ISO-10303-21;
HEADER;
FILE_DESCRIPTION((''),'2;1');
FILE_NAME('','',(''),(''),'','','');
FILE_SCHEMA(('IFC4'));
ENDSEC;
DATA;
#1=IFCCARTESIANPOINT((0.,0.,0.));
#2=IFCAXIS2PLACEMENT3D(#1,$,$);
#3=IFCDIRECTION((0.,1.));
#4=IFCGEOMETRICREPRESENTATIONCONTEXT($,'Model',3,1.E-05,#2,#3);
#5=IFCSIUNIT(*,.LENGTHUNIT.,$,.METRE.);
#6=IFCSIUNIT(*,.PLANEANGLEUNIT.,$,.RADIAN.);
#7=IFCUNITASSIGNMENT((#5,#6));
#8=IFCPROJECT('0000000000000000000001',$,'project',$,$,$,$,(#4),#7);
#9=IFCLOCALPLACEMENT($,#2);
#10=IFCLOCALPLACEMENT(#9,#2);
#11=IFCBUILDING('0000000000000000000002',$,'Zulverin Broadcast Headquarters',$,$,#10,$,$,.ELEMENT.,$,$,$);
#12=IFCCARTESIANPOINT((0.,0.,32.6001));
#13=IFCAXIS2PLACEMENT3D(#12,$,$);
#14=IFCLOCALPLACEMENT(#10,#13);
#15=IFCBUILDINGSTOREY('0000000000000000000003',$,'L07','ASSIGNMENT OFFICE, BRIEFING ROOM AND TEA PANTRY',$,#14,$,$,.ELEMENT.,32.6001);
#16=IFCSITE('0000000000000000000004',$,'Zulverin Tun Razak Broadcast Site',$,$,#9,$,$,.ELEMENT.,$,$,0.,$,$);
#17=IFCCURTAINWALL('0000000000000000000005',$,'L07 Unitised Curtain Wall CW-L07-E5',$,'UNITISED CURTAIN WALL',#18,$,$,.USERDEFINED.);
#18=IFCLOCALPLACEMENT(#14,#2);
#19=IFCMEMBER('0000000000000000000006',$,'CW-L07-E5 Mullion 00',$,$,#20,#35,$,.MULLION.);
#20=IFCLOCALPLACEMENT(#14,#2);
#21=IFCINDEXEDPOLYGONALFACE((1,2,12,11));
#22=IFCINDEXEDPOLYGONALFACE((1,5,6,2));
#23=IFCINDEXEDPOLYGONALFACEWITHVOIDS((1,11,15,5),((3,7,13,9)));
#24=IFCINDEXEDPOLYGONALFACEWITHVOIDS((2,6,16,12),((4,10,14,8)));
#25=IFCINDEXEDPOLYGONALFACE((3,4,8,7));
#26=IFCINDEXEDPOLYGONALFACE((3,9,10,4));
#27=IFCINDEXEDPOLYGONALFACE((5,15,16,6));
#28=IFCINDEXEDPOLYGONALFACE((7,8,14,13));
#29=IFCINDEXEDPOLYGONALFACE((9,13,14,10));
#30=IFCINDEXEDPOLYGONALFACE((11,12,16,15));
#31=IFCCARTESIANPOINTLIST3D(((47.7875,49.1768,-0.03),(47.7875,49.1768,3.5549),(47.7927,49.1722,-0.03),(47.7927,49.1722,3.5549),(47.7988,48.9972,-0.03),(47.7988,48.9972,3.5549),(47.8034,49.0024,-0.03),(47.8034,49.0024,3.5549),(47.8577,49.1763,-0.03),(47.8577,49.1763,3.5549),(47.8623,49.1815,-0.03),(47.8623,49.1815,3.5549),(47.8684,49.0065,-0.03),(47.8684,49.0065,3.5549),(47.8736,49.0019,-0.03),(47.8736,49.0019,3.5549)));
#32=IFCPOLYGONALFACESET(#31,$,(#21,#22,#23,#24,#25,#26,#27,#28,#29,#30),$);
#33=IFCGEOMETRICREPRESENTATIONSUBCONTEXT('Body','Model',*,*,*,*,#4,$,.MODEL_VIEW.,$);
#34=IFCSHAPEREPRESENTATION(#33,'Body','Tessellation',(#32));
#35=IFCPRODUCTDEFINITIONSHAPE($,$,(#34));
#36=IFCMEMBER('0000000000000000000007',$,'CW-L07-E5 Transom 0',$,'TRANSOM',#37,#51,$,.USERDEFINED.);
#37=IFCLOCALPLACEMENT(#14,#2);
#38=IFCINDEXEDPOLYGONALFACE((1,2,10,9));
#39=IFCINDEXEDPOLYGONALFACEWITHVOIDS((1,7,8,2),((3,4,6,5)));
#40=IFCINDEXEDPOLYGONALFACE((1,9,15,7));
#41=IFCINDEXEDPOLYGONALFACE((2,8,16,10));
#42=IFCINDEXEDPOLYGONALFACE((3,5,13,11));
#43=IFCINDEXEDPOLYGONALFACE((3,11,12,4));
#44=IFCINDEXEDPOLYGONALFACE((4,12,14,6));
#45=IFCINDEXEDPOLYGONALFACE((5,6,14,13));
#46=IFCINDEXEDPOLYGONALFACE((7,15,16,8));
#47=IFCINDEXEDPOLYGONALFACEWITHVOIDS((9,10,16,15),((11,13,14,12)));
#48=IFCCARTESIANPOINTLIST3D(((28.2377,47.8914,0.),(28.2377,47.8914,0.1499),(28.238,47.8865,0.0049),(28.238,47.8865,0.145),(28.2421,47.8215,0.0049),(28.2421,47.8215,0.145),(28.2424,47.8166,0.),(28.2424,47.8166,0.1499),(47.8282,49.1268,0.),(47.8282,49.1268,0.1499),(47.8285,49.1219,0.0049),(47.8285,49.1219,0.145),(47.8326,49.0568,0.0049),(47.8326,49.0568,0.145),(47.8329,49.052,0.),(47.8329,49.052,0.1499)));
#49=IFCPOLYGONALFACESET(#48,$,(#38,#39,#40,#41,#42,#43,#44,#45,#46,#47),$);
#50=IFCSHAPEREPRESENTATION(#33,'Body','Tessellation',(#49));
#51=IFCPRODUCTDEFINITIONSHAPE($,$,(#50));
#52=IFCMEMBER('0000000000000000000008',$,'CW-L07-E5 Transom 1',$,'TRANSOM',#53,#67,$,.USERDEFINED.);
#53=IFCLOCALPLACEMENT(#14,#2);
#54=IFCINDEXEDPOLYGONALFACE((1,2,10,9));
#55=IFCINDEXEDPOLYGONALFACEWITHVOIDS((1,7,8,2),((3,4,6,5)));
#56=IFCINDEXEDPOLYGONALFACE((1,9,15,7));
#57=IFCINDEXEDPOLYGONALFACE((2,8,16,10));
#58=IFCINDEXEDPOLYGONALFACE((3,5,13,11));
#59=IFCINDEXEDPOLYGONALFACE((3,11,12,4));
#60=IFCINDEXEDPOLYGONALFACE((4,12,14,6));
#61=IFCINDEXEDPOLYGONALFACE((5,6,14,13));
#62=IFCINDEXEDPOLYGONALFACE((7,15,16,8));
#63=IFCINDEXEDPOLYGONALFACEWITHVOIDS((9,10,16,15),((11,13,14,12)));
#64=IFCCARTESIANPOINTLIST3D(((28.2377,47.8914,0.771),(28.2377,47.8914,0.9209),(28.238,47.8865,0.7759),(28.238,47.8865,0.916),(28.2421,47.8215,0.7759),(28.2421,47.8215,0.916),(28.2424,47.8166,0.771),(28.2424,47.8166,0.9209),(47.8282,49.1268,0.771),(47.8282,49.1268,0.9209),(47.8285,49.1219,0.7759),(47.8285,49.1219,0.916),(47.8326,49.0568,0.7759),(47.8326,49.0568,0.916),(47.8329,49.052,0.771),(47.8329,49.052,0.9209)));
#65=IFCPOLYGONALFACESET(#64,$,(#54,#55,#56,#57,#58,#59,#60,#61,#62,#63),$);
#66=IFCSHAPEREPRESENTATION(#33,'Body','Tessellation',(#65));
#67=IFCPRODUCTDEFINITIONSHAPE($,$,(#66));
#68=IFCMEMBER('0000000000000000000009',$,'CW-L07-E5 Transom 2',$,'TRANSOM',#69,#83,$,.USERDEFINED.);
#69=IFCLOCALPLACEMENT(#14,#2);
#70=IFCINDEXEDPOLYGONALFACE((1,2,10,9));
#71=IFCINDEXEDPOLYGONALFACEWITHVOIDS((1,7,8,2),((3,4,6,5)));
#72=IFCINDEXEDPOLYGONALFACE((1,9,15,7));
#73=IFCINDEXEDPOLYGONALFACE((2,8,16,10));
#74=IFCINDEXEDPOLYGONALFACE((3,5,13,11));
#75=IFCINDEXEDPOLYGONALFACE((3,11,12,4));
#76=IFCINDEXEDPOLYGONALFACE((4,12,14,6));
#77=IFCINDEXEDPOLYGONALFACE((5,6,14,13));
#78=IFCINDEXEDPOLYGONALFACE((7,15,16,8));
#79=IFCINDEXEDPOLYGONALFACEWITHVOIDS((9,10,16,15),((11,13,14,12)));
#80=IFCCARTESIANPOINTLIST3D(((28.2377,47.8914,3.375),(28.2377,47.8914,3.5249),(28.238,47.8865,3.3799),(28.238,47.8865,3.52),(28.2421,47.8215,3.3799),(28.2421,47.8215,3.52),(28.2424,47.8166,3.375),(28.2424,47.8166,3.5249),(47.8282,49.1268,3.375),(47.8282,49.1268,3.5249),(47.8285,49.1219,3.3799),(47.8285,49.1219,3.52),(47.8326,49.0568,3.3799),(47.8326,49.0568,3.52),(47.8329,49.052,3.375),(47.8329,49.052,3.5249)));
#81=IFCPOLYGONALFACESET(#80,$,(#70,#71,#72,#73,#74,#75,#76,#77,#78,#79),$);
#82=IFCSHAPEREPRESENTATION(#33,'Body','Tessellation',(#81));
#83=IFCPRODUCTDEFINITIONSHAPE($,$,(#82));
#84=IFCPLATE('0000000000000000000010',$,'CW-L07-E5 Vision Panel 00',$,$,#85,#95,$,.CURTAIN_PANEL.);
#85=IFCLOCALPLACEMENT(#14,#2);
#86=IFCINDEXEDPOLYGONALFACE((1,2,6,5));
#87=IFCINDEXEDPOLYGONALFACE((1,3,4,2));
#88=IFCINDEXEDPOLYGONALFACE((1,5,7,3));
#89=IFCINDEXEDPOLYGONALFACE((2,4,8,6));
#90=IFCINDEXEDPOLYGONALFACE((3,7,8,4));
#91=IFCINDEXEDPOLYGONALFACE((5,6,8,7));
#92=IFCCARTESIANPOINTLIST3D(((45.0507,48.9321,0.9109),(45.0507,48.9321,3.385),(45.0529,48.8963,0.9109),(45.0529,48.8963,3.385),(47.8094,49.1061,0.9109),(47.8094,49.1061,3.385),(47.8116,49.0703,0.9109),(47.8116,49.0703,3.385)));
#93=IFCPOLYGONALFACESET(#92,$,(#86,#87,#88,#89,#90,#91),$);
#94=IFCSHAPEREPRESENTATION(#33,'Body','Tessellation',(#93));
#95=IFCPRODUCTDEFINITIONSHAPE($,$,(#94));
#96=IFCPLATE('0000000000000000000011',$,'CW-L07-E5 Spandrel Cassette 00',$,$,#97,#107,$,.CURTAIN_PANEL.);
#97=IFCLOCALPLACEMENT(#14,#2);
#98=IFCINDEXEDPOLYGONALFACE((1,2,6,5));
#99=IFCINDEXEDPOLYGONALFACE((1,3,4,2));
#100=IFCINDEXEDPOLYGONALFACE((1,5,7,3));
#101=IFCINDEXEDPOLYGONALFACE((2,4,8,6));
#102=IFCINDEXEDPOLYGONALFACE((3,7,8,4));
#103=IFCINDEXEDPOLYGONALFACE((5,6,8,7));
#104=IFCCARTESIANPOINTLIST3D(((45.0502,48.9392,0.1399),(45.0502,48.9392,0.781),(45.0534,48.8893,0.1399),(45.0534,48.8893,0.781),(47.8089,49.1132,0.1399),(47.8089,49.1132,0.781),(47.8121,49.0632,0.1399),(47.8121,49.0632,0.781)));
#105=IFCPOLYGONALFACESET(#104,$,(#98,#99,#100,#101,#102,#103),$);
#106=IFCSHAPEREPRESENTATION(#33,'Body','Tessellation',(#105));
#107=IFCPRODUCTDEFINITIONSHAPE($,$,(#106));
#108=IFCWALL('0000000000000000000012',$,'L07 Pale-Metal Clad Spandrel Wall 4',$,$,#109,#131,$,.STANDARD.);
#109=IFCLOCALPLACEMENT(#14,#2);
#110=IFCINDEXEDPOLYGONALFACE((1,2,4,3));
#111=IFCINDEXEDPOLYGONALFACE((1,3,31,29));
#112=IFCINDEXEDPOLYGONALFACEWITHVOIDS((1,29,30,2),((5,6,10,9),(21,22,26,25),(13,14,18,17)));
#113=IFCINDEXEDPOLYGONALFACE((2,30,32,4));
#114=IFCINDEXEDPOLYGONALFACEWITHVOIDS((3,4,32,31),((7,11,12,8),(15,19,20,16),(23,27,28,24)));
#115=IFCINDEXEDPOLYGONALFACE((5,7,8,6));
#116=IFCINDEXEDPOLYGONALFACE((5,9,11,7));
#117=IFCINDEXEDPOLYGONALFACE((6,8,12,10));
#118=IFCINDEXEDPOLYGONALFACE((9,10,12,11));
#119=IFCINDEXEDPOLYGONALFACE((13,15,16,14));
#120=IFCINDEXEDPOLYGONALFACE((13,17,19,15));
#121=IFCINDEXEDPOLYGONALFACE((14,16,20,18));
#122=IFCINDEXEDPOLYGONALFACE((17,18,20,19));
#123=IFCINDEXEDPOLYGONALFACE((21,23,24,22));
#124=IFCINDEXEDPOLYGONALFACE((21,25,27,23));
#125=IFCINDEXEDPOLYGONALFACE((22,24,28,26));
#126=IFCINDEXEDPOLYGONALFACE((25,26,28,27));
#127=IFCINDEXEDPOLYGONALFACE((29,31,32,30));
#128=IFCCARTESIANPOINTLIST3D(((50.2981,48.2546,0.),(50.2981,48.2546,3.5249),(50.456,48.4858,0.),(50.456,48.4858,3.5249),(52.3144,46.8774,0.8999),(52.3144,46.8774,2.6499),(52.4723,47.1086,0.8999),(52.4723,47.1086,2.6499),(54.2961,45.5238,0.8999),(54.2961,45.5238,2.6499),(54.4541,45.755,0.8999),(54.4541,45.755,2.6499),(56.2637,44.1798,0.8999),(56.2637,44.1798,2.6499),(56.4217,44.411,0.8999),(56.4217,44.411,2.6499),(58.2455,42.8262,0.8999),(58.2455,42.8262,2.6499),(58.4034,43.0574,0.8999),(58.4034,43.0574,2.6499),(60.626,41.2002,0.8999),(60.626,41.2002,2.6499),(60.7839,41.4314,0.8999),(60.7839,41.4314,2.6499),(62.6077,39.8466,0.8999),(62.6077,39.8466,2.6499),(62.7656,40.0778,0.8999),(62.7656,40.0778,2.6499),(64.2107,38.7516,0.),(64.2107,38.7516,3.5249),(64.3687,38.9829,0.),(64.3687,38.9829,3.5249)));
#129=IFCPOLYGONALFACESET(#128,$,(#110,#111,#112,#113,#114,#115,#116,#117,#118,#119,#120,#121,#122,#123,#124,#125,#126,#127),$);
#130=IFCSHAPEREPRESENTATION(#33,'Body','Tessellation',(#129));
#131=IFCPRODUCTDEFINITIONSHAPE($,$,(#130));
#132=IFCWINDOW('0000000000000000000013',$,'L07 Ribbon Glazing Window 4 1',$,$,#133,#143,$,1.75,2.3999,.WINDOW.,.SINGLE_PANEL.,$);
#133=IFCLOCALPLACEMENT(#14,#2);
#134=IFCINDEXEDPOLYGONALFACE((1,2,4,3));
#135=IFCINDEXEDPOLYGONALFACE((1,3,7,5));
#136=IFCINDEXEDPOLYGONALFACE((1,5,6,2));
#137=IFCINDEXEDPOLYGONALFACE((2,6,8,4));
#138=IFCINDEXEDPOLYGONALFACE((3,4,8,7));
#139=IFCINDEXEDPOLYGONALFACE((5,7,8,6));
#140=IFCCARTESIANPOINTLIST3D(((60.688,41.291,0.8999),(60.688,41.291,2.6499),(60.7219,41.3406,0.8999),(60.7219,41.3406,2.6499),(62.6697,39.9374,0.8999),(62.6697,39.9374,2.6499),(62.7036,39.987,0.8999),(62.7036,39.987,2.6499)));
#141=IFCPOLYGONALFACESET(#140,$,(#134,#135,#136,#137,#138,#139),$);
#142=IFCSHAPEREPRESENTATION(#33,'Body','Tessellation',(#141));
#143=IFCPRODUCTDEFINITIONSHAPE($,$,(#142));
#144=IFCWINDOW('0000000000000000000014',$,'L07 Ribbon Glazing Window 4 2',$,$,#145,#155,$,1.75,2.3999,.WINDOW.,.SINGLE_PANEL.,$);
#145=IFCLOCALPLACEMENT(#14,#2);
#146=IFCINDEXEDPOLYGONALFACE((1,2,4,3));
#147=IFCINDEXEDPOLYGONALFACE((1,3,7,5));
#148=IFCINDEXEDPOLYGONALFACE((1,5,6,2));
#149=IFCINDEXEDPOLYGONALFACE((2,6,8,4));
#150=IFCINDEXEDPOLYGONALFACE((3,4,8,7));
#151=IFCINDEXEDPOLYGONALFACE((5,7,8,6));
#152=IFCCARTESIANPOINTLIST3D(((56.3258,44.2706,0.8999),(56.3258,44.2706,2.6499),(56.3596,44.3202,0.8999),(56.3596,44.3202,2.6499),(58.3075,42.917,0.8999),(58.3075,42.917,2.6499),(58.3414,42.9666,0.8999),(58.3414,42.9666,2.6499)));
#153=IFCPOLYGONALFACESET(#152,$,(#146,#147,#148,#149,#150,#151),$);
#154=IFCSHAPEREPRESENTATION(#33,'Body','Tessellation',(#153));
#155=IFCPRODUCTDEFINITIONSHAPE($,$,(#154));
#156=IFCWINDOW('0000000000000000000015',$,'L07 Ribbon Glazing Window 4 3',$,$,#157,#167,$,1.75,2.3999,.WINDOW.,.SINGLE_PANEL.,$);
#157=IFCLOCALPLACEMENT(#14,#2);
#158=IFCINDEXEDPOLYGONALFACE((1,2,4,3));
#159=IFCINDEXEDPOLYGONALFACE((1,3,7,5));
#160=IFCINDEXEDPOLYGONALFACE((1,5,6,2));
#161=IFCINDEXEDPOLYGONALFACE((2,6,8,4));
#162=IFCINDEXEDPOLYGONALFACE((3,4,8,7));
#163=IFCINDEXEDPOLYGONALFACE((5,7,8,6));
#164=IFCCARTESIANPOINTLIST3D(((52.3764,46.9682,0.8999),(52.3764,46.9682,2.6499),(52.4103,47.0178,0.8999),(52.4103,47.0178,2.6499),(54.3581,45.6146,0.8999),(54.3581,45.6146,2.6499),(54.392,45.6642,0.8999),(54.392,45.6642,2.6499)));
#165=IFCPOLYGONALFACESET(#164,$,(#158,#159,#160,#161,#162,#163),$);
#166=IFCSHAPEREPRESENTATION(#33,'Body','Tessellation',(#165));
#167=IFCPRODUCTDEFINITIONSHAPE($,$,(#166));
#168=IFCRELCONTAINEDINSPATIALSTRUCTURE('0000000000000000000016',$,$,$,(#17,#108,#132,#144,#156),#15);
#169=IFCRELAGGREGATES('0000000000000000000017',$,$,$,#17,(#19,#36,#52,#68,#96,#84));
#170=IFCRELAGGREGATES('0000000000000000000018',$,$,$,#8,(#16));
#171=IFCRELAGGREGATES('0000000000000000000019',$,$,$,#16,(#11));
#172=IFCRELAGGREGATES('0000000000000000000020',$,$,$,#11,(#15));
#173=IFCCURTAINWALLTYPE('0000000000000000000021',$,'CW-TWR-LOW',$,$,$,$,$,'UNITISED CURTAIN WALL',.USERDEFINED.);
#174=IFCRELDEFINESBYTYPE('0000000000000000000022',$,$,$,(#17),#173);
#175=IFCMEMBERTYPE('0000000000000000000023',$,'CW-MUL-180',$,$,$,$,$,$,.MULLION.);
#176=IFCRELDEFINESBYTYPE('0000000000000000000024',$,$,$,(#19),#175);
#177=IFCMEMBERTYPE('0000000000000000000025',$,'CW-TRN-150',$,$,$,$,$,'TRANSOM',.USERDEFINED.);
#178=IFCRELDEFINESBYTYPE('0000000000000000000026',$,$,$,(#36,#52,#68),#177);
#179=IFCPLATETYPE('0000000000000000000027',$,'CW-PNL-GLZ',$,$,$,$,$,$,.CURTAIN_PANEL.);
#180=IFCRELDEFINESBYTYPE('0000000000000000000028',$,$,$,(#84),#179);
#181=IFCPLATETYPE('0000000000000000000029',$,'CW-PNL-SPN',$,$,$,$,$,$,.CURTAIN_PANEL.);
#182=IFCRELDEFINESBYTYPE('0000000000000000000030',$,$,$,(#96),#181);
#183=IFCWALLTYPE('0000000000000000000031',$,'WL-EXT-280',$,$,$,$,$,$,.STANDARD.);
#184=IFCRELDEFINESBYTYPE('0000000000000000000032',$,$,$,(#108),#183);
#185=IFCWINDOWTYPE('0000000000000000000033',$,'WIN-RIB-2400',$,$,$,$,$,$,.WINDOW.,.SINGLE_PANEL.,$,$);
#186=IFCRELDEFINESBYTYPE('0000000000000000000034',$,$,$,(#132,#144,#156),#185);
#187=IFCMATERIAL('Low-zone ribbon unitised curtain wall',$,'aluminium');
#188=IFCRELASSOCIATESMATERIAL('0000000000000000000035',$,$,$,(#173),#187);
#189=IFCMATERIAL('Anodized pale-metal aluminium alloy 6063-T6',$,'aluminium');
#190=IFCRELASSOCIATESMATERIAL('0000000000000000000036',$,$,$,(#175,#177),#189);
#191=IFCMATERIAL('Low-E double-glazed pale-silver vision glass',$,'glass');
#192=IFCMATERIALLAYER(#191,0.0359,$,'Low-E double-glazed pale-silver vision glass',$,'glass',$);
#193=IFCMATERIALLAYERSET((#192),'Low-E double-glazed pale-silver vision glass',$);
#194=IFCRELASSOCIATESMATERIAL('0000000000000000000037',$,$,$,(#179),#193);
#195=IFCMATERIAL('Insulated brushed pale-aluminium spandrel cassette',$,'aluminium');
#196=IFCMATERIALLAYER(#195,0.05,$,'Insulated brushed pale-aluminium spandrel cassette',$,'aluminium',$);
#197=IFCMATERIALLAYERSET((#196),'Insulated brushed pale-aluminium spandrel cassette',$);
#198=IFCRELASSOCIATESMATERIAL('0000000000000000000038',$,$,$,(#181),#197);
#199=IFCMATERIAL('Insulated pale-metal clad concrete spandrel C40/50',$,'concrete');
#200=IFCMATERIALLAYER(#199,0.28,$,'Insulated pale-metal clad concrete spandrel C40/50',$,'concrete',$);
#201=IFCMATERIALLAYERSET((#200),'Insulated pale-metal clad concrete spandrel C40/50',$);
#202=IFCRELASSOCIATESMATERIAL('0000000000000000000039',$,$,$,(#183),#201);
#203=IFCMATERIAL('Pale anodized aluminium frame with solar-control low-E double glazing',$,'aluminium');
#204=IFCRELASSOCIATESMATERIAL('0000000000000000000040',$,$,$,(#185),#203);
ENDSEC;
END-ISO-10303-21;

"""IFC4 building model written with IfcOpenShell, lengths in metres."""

from ifc_helpers import new_model, si_unit, direction, frame, frame_2d, origin, origin_2d, place, context, subcontext, project, spatial, rectangle, hollow_rectangle, extrude, material, layer, layer_set, material_profile, profile_set, type_object, element, fill, aggregate, save


model = new_model("IFC4")

# Units and contexts
model_context = context("Model", 3, precision=1e-05, world=origin(), true_north=direction((0.0, 1.0)))
body_context = subcontext(model_context, "Body", "Model", "MODEL_VIEW")
ifc_project = project(units=[si_unit("LENGTHUNIT", "METRE"), si_unit("PLANEANGLEUNIT", "RADIAN")], contexts=[model_context])

# Site, building, storey
site_placement = place(None, origin())
site = spatial("IfcSite", under=ifc_project, at=site_placement, Name="Zulverin Tun Razak Broadcast Site", CompositionType="ELEMENT", RefElevation=0.0)
building_placement = place(site_placement, origin())
building = spatial("IfcBuilding", under=site, at=building_placement, Name="Zulverin Broadcast Headquarters", CompositionType="ELEMENT")
storey_placement = place(building_placement, frame((0.0, 0.0, 32.6001)))
storey = spatial("IfcBuildingStorey", under=building, at=storey_placement, Name="L07", Description="ASSIGNMENT OFFICE, BRIEFING ROOM AND TEA PANTRY", CompositionType="ELEMENT", Elevation=32.6001)

# Curtain wall, members, plates
ifc_material_1 = material(Name="Low-zone ribbon unitised curtain wall", Category="aluminium")
curtain_wall_type = type_object("IfcCurtainWallType", Name="CW-TWR-LOW", ElementType="UNITISED CURTAIN WALL", PredefinedType="USERDEFINED", material=ifc_material_1)
curtain_wall_placement = place(storey_placement, origin())
curtain_wall = element("IfcCurtainWall", 1, at=curtain_wall_placement, inside=storey, type_object=curtain_wall_type, Name="L07 Unitised Curtain Wall CW-L07-E5", ObjectType="UNITISED CURTAIN WALL", PredefinedType="USERDEFINED")
ifc_material_2 = material(Name="Anodized pale-metal aluminium alloy 6063-T6", Category="aluminium")
ifc_material_profile_1 = material_profile(ifc_material_2, hollow_rectangle(XDim=0.075, YDim=0.1799, WallThickness=0.0049, at=origin_2d()), Name="Anodized pale-metal aluminium alloy 6063-T6", Category="aluminium")
ifc_profile_set_1 = profile_set([ifc_material_profile_1], Name="Anodized pale-metal aluminium alloy 6063-T6")
member_type_1 = type_object("IfcMemberType", Name="CW-MUL-180", PredefinedType="MULLION", material=ifc_profile_set_1)
member_1_placement = place(storey_placement, frame((47.8306, 49.0894, -0.03), z_axis=(0.0, 0.0, 1.0), x_axis=(-0.998018, -0.062935, 0.0)))
member_1 = element("IfcMember", 2, at=member_1_placement, type_object=member_type_1, Name="CW-L07-E5 Mullion 00", PredefinedType="MULLION", context=body_context, shape_type="SweptSolid", body=[
    extrude(hollow_rectangle(XDim=0.075, YDim=0.1799, WallThickness=0.0049, at=origin_2d()), origin(), (0.0, 0.0, 1.0), 3.585),
])
ifc_material_profile_2 = material_profile(ifc_material_2, hollow_rectangle(XDim=0.075, YDim=0.1499, WallThickness=0.0049, at=origin_2d()), Name="Anodized pale-metal aluminium alloy 6063-T6", Category="aluminium")
ifc_profile_set_2 = profile_set([ifc_material_profile_2], Name="Anodized pale-metal aluminium alloy 6063-T6")
member_type_2 = type_object("IfcMemberType", Name="CW-TRN-150", ElementType="TRANSOM", PredefinedType="USERDEFINED", material=ifc_profile_set_2)
member_2_placement = place(storey_placement, frame((47.8306, 49.0894, 0.075), z_axis=(-0.998018, -0.062933, 0.0), x_axis=(0.062933, -0.998018, 0.0)))
member_2 = element("IfcMember", 3, at=member_2_placement, type_object=member_type_2, Name="CW-L07-E5 Transom 0", ObjectType="TRANSOM", PredefinedType="USERDEFINED", context=body_context, shape_type="SweptSolid", body=[
    extrude(hollow_rectangle(XDim=0.075, YDim=0.1499, WallThickness=0.0049, at=origin_2d()), origin(), (0.0, 0.0, 1.0), 19.6294),
])
member_3_placement = place(storey_placement, frame((47.8306, 49.0894, 0.8459), z_axis=(-0.998018, -0.062933, 0.0), x_axis=(0.062933, -0.998018, 0.0)))
member_3 = element("IfcMember", 4, at=member_3_placement, type_object=member_type_2, Name="CW-L07-E5 Transom 1", ObjectType="TRANSOM", PredefinedType="USERDEFINED", context=body_context, shape_type="SweptSolid", body=[
    extrude(hollow_rectangle(XDim=0.075, YDim=0.1499, WallThickness=0.0049, at=origin_2d()), origin(), (0.0, 0.0, 1.0), 19.6294),
])
member_4_placement = place(storey_placement, frame((47.8306, 49.0894, 3.45), z_axis=(-0.998018, -0.062933, 0.0), x_axis=(0.062933, -0.998018, 0.0)))
member_4 = element("IfcMember", 5, at=member_4_placement, type_object=member_type_2, Name="CW-L07-E5 Transom 2", ObjectType="TRANSOM", PredefinedType="USERDEFINED", context=body_context, shape_type="SweptSolid", body=[
    extrude(hollow_rectangle(XDim=0.075, YDim=0.1499, WallThickness=0.0049, at=origin_2d()), origin(), (0.0, 0.0, 1.0), 19.6294),
])
ifc_material_3 = material(Name="Low-E double-glazed pale-silver vision glass", Category="glass")
ifc_layer_1 = layer(ifc_material_3, 0.0359, Name="Low-E double-glazed pale-silver vision glass", Category="glass")
ifc_layer_set_1 = layer_set([ifc_layer_1], Name="Low-E double-glazed pale-silver vision glass")
plate_type_1 = type_object("IfcPlateType", Name="CW-PNL-GLZ", PredefinedType="CURTAIN_PANEL", material=ifc_layer_set_1)
plate_1_placement = place(storey_placement, frame((46.4312, 49.0012, 0.9109), z_axis=(0.0, 0.0, 1.0), x_axis=(-0.998018, -0.062935, 0.0)))
plate_1 = element("IfcPlate", 6, at=plate_1_placement, type_object=plate_type_1, Name="CW-L07-E5 Vision Panel 00", PredefinedType="CURTAIN_PANEL", context=body_context, shape_type="SweptSolid", body=[
    extrude(rectangle(XDim=2.7642, YDim=0.0359, at=origin_2d()), origin(), (0.0, 0.0, 1.0), 2.4741),
])
ifc_material_4 = material(Name="Insulated brushed pale-aluminium spandrel cassette", Category="aluminium")
ifc_layer_2 = layer(ifc_material_4, 0.05, Name="Insulated brushed pale-aluminium spandrel cassette", Category="aluminium")
ifc_layer_set_2 = layer_set([ifc_layer_2], Name="Insulated brushed pale-aluminium spandrel cassette")
plate_type_2 = type_object("IfcPlateType", Name="CW-PNL-SPN", PredefinedType="CURTAIN_PANEL", material=ifc_layer_set_2)
plate_2_placement = place(storey_placement, frame((46.4312, 49.0012, 0.1399), z_axis=(0.0, 0.0, 1.0), x_axis=(-0.998018, -0.062935, 0.0)))
plate_2 = element("IfcPlate", 7, at=plate_2_placement, type_object=plate_type_2, Name="CW-L07-E5 Spandrel Cassette 00", PredefinedType="CURTAIN_PANEL", context=body_context, shape_type="SweptSolid", body=[
    extrude(rectangle(XDim=2.7642, YDim=0.05, at=origin_2d()), origin(), (0.0, 0.0, 1.0), 0.6411),
])
aggregate(curtain_wall, [member_1, member_2, member_3, member_4, plate_2, plate_1])

# Wall, openings, windows
ifc_material_5 = material(Name="Insulated pale-metal clad concrete spandrel C40/50", Category="concrete")
ifc_layer_3 = layer(ifc_material_5, 0.28, Name="Insulated pale-metal clad concrete spandrel C40/50", Category="concrete")
ifc_layer_set_3 = layer_set([ifc_layer_3], Name="Insulated pale-metal clad concrete spandrel C40/50")
wall_type = type_object("IfcWallType", Name="WL-EXT-280", PredefinedType="STANDARD", material=ifc_layer_set_3)
wall_1_placement = place(storey_placement, frame((64.2898, 38.8672, 0.0), z_axis=(0.0, 0.0, 1.0), x_axis=(-0.825756, 0.564028, 0.0)))
wall_1 = element("IfcWall", 8, at=wall_1_placement, inside=storey, type_object=wall_type, Name="L07 Pale-Metal Clad Spandrel Wall 4", PredefinedType="STANDARD", context=body_context, shape_type="SweptSolid", body=[
    extrude(rectangle(XDim=16.8484, YDim=0.28, at=frame_2d((8.4243, 0.0))), origin(), (0.0, 0.0, 1.0), 3.5249),
])
opening_1_placement = place(wall_1_placement, frame((1.9414, 0.0, 0.8999)))
opening_1 = element("IfcOpeningElement", 9, at=opening_1_placement, cuts=wall_1, PredefinedType="OPENING", context=body_context, shape_type="SweptSolid", body=[
    extrude(rectangle(XDim=2.3999, YDim=1.75, at=frame_2d((1.2, 0.875))), frame((0.0, 0.1499, 0.0), z_axis=(0.0, -1.0, 0.0), x_axis=(1.0, 0.0, 0.0)), (0.0, 0.0, 1.0), 0.3),
])
opening_2_placement = place(wall_1_placement, frame((7.2241, 0.0, 0.8999)))
opening_2 = element("IfcOpeningElement", 10, at=opening_2_placement, cuts=wall_1, PredefinedType="OPENING", context=body_context, shape_type="SweptSolid", body=[
    extrude(rectangle(XDim=2.3999, YDim=1.75, at=frame_2d((1.2, 0.875))), frame((0.0, 0.1499, 0.0), z_axis=(0.0, -1.0, 0.0), x_axis=(1.0, 0.0, 0.0)), (0.0, 0.0, 1.0), 0.3),
])
opening_3_placement = place(wall_1_placement, frame((12.0068, 0.0, 0.8999)))
opening_3 = element("IfcOpeningElement", 11, at=opening_3_placement, cuts=wall_1, PredefinedType="OPENING", context=body_context, shape_type="SweptSolid", body=[
    extrude(rectangle(XDim=2.3999, YDim=1.75, at=frame_2d((1.2, 0.875))), frame((0.0, 0.1499, 0.0), z_axis=(0.0, -1.0, 0.0), x_axis=(1.0, 0.0, 0.0)), (0.0, 0.0, 1.0), 0.3),
])
ifc_material_6 = material(Name="Pale anodized aluminium frame with solar-control low-E double glazing", Category="aluminium")
window_type = type_object("IfcWindowType", Name="WIN-RIB-2400", PartitioningType="SINGLE_PANEL", PredefinedType="WINDOW", material=ifc_material_6)
window_1_placement = place(opening_1_placement, origin())
window_1 = element("IfcWindow", 12, at=window_1_placement, inside=storey, type_object=window_type, Name="L07 Ribbon Glazing Window 4 1", OverallHeight=1.75, OverallWidth=2.3999, PartitioningType="SINGLE_PANEL", PredefinedType="WINDOW", context=body_context, shape_type="SweptSolid", body=[
    extrude(rectangle(XDim=2.3999, YDim=1.75, at=frame_2d((1.2, 0.875))), frame((0.0, 0.03, 0.0), z_axis=(0.0, -1.0, 0.0), x_axis=(1.0, 0.0, 0.0)), (0.0, 0.0, 1.0), 0.0601),
])
fill(opening_1, window_1)
window_2_placement = place(opening_2_placement, origin())
window_2 = element("IfcWindow", 13, at=window_2_placement, inside=storey, type_object=window_type, Name="L07 Ribbon Glazing Window 4 2", OverallHeight=1.75, OverallWidth=2.3999, PartitioningType="SINGLE_PANEL", PredefinedType="WINDOW", context=body_context, shape_type="SweptSolid", body=[
    extrude(rectangle(XDim=2.3999, YDim=1.75, at=frame_2d((1.2, 0.875))), frame((0.0, 0.03, 0.0), z_axis=(0.0, -1.0, 0.0), x_axis=(1.0, 0.0, 0.0)), (0.0, 0.0, 1.0), 0.0601),
])
fill(opening_2, window_2)
window_3_placement = place(opening_3_placement, origin())
window_3 = element("IfcWindow", 14, at=window_3_placement, inside=storey, type_object=window_type, Name="L07 Ribbon Glazing Window 4 3", OverallHeight=1.75, OverallWidth=2.3999, PartitioningType="SINGLE_PANEL", PredefinedType="WINDOW", context=body_context, shape_type="SweptSolid", body=[
    extrude(rectangle(XDim=2.3999, YDim=1.75, at=frame_2d((1.2, 0.875))), frame((0.0, 0.03, 0.0), z_axis=(0.0, -1.0, 0.0), x_axis=(1.0, 0.0, 0.0)), (0.0, 0.0, 1.0), 0.0601),
])
fill(opening_3, window_3)

save(model, "model.ifc")
